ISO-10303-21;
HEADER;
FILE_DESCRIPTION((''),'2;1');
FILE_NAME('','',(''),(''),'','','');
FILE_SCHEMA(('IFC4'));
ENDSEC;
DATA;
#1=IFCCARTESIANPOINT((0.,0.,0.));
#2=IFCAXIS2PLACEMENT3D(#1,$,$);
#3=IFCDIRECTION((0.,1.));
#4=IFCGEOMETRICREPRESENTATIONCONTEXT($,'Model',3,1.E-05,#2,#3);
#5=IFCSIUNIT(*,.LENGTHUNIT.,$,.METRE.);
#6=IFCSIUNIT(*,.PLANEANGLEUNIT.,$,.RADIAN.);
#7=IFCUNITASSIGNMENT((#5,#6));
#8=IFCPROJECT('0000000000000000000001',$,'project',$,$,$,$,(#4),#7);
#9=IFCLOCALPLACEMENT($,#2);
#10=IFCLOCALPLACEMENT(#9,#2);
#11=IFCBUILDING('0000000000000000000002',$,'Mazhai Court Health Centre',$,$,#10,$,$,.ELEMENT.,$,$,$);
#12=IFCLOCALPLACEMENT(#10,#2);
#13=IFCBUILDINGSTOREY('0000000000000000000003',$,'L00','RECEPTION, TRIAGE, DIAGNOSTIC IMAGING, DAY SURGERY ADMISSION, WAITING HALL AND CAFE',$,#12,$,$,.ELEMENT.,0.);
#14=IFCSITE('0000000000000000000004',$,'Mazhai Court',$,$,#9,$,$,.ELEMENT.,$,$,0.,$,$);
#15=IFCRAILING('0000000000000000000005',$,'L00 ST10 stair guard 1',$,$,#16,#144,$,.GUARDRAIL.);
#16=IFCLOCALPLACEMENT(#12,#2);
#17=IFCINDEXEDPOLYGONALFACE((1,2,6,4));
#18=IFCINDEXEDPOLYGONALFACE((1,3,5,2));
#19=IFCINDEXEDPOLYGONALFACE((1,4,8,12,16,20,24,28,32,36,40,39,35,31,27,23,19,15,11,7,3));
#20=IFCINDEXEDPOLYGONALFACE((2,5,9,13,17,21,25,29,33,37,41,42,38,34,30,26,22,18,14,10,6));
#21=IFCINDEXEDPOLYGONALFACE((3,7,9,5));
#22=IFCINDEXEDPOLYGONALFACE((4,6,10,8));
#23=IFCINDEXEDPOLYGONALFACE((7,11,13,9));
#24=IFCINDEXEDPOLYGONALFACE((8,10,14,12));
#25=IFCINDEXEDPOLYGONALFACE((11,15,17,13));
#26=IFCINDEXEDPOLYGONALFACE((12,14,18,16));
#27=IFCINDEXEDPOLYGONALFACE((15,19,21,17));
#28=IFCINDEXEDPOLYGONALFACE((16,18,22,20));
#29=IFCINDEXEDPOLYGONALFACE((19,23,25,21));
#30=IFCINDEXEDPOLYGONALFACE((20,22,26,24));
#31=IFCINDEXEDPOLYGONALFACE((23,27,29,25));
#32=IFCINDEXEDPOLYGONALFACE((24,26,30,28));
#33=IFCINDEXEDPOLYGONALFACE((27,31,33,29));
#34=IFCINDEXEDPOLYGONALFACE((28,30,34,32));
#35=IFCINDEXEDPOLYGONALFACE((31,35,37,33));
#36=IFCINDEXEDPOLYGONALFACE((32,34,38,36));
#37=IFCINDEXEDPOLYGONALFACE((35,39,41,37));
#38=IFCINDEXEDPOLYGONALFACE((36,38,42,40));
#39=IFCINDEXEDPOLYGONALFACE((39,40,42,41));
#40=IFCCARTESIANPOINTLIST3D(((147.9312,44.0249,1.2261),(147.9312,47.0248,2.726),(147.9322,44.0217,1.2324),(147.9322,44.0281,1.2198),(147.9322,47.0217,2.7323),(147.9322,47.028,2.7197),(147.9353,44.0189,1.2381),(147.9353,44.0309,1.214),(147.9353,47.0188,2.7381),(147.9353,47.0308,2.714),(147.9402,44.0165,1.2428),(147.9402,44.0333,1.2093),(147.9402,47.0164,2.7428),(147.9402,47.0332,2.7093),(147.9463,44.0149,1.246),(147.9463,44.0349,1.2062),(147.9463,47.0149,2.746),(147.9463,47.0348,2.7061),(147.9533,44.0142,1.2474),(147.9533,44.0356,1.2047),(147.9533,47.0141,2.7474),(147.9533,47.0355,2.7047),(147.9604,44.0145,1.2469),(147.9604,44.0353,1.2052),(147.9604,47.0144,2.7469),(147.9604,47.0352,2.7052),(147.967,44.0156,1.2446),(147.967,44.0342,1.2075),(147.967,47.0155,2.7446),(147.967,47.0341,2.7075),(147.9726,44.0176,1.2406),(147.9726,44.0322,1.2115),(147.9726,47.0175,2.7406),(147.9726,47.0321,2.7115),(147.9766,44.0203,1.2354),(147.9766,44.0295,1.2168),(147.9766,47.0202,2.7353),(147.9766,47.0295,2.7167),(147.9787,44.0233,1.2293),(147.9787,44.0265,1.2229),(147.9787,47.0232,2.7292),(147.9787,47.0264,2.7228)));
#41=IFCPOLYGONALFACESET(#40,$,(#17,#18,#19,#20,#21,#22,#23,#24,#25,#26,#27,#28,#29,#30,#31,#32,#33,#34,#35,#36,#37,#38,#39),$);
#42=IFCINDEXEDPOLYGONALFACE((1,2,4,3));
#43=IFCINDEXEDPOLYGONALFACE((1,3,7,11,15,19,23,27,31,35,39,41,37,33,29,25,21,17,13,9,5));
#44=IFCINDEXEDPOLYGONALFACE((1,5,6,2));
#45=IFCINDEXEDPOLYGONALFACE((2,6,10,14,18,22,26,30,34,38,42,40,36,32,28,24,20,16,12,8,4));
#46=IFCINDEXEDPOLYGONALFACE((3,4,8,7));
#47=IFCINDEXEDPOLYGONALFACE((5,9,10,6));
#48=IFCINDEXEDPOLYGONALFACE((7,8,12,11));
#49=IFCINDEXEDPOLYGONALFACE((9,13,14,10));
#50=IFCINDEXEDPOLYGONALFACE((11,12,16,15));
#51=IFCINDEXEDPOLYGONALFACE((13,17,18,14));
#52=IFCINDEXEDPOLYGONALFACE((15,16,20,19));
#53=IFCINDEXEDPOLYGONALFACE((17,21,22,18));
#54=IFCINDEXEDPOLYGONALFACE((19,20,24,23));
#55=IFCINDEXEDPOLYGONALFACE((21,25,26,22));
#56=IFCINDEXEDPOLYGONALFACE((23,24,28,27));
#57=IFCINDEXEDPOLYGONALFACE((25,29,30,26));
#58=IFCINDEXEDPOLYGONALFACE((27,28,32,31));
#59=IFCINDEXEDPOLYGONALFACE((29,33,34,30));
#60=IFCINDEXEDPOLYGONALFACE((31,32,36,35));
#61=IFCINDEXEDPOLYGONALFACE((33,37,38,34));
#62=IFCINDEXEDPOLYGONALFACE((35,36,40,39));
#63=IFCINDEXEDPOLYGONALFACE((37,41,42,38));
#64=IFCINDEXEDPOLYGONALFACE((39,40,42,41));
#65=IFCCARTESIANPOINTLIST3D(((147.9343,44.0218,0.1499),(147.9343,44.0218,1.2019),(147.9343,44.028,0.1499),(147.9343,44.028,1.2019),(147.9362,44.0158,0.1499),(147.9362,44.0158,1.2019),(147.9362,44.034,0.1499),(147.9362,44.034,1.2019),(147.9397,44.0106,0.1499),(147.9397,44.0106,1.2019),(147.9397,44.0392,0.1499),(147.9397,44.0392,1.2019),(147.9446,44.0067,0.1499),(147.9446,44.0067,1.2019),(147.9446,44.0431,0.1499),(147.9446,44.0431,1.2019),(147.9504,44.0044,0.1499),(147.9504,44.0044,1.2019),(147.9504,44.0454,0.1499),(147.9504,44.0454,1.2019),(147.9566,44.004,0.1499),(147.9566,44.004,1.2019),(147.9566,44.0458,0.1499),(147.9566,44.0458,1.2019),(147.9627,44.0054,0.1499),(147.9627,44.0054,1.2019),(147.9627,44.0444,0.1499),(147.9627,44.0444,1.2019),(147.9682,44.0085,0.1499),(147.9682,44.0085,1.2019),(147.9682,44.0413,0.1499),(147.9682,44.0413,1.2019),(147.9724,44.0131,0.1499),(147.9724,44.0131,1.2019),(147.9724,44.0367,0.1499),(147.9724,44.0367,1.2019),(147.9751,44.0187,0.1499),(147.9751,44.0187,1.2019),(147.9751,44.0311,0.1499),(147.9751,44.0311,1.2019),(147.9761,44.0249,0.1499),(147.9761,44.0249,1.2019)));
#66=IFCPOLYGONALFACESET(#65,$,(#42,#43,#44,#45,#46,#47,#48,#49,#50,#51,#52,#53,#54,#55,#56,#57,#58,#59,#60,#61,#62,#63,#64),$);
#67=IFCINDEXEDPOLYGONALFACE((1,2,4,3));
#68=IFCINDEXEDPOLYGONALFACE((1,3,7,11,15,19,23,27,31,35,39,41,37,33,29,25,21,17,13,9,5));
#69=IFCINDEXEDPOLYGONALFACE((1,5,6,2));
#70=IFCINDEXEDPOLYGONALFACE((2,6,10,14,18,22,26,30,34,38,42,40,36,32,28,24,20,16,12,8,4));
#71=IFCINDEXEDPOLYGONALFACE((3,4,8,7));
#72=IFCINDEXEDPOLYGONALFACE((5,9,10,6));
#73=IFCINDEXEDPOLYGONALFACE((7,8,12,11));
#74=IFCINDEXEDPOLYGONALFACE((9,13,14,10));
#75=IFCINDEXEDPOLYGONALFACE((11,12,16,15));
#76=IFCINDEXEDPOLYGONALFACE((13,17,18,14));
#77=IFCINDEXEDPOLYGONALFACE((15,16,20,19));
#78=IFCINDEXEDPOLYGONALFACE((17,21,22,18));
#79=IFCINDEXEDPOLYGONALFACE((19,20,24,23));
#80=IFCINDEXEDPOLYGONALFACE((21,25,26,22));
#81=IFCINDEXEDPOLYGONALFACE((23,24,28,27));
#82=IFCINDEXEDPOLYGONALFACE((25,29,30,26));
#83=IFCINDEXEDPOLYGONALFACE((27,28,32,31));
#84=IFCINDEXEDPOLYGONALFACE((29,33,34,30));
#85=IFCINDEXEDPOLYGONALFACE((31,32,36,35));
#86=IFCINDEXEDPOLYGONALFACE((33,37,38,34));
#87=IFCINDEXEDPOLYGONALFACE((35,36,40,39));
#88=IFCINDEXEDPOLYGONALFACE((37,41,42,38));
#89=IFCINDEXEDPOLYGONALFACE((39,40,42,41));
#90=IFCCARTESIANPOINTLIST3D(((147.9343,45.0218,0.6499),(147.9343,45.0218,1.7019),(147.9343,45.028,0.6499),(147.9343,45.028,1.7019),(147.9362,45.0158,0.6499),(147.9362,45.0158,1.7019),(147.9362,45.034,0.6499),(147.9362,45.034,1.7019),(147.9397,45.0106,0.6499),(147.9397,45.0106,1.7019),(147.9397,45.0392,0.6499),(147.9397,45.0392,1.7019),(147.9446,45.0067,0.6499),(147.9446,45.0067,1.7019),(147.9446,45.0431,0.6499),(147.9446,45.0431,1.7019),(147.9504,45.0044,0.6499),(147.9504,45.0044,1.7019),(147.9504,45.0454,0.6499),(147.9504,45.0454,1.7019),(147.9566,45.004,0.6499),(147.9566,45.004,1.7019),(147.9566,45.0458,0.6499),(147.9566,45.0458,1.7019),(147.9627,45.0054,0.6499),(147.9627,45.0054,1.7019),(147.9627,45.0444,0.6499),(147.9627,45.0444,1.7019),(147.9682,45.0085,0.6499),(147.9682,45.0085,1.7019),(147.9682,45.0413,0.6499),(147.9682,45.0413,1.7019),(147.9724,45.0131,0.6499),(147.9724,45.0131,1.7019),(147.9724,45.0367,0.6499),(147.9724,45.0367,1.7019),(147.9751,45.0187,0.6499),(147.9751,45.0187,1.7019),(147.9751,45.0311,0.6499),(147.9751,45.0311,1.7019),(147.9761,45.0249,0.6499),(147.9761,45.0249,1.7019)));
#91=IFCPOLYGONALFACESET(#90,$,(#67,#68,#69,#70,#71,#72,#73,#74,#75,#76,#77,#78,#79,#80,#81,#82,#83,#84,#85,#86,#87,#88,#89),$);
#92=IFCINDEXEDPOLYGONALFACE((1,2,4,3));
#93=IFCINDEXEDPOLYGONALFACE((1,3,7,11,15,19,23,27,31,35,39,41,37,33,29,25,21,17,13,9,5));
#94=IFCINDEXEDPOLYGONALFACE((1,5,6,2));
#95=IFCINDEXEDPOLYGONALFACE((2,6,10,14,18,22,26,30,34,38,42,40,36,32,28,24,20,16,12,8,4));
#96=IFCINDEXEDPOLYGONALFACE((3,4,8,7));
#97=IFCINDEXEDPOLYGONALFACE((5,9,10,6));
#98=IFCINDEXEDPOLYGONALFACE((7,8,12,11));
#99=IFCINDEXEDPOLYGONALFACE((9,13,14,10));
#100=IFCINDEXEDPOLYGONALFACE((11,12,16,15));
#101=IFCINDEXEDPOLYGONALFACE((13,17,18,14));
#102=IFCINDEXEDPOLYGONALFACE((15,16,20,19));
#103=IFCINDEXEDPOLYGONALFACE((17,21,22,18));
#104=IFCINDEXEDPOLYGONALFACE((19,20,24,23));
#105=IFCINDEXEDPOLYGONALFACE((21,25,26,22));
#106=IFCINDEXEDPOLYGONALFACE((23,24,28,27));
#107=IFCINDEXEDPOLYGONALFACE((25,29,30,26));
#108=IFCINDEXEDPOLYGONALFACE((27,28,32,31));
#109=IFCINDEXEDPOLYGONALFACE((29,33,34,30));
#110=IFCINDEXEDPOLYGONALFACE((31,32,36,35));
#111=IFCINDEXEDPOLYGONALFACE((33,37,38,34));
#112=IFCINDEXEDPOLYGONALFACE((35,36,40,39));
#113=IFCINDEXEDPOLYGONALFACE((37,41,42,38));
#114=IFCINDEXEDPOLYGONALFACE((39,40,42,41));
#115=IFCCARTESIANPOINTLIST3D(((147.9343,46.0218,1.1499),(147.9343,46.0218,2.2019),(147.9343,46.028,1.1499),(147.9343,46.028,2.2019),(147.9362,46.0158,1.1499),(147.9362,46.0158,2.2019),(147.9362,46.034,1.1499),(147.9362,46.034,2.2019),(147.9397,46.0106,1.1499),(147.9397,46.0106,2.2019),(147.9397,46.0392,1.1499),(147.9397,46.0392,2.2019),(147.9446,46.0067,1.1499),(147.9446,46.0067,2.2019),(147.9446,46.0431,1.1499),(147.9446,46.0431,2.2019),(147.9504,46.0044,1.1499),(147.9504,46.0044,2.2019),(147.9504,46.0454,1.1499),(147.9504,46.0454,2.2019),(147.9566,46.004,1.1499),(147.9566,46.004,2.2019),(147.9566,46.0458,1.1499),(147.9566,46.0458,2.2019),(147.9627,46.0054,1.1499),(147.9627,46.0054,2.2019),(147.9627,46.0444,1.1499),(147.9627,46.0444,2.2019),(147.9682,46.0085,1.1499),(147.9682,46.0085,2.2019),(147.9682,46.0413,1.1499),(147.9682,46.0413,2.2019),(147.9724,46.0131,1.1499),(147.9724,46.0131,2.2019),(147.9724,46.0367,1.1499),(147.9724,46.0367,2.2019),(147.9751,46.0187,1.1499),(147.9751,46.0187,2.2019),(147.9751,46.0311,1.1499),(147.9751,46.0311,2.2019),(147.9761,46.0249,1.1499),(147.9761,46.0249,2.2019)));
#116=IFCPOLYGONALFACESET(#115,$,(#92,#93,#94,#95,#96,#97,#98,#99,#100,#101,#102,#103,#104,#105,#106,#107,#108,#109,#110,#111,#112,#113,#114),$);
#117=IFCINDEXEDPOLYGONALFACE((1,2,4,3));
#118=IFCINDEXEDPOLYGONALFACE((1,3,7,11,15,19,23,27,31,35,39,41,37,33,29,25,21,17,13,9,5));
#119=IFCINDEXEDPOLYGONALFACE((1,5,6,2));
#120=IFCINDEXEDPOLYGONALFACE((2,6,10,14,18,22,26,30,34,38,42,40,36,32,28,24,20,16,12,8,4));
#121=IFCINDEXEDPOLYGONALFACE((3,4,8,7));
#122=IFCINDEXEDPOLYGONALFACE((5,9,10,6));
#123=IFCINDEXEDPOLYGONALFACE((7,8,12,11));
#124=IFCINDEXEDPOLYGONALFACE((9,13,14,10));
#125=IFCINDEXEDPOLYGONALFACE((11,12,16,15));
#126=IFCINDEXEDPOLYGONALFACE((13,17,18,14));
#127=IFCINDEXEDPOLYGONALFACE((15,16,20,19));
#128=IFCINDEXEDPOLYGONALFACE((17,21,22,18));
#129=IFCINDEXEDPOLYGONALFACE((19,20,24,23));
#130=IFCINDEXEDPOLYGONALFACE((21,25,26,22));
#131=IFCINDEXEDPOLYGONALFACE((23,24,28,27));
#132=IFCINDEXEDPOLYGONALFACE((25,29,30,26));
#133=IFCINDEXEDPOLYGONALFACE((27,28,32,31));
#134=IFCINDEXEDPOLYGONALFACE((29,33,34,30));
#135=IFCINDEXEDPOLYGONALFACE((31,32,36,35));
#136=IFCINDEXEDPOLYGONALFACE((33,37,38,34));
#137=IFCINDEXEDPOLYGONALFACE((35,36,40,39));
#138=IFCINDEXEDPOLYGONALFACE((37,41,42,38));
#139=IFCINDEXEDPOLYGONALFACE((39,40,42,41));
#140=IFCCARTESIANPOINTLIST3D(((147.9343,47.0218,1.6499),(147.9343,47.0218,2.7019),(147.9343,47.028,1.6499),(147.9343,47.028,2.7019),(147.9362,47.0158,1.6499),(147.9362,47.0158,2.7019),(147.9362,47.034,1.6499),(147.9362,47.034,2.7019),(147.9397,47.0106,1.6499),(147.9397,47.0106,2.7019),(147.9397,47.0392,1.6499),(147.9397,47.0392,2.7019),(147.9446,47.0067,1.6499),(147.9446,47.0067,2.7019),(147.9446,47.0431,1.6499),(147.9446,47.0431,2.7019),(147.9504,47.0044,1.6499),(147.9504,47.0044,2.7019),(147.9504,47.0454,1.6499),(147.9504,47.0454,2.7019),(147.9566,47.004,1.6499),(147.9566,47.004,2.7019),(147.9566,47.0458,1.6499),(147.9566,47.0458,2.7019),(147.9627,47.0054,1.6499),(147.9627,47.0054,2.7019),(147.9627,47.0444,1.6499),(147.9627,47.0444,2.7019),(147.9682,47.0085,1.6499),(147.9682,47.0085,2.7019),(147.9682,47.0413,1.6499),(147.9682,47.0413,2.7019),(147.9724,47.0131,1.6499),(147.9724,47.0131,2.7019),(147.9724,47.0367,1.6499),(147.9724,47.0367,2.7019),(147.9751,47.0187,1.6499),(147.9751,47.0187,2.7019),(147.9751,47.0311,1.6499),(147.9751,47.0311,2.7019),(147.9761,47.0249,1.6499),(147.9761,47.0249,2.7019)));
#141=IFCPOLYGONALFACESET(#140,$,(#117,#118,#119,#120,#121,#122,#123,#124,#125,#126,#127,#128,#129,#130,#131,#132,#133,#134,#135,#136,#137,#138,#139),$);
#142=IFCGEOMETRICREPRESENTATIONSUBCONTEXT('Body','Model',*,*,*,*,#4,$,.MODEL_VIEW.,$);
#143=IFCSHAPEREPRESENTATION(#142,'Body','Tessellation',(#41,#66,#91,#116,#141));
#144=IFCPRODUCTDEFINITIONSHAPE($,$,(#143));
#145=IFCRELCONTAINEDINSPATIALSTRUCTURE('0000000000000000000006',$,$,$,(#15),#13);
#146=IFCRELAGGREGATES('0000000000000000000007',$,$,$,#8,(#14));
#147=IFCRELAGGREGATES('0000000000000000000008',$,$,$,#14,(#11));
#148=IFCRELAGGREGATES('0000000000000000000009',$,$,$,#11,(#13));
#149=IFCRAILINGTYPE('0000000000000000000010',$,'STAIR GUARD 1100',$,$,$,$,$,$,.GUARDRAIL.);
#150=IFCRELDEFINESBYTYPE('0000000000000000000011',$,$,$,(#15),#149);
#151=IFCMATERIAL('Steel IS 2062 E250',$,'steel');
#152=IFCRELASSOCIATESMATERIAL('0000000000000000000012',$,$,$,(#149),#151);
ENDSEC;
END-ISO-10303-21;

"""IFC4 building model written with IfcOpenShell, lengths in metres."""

from ifc_helpers import new_model, si_unit, direction, frame, origin, origin_2d, place, context, subcontext, project, spatial, circle, extrude, material, type_object, element, save


model = new_model("IFC4")

# Units and contexts
model_context = context("Model", 3, precision=1e-05, world=origin(), true_north=direction((0.0, 1.0)))
body_context = subcontext(model_context, "Body", "Model", "MODEL_VIEW")
ifc_project = project(units=[si_unit("LENGTHUNIT", "METRE"), si_unit("PLANEANGLEUNIT", "RADIAN")], contexts=[model_context])

# Site, building, storey
site_placement = place(None, origin())
site = spatial("IfcSite", under=ifc_project, at=site_placement, Name="Mazhai Court", CompositionType="ELEMENT", RefElevation=0.0)
building_placement = place(site_placement, origin())
building = spatial("IfcBuilding", under=site, at=building_placement, Name="Mazhai Court Health Centre", CompositionType="ELEMENT")
storey_placement = place(building_placement, origin())
storey = spatial("IfcBuildingStorey", under=building, at=storey_placement, Name="L00", Description="RECEPTION, TRIAGE, DIAGNOSTIC IMAGING, DAY SURGERY ADMISSION, WAITING HALL AND CAFE", CompositionType="ELEMENT", Elevation=0.0)

# Railing
ifc_material_1 = material(Name="Steel IS 2062 E250", Category="steel")
railing_type_1 = type_object("IfcRailingType", Name="STAIR GUARD 1100", PredefinedType="GUARDRAIL", material=ifc_material_1)
railing_1_placement = place(storey_placement, frame((147.9551, 44.0249, 0.1499)))
element("IfcRailing", 1, at=railing_1_placement, inside=storey, type_object=railing_type_1, Name="L00 ST10 stair guard 1", PredefinedType="GUARDRAIL", context=body_context, shape_type="SweptSolid", body=[
    extrude(circle(Radius=0.0239, at=origin_2d()), frame((0.0, 0.0, 1.0762), z_axis=(0.0, 0.894427, 0.447214), x_axis=(-1.0, 0.0, 0.0)), (0.0, 0.0, 1.0), 3.354),
    extrude(circle(Radius=0.021, at=origin_2d()), origin(), (0.0, 0.0, 1.0), 1.052),
    extrude(circle(Radius=0.021, at=origin_2d()), frame((0.0, 1.0, 0.5)), (0.0, 0.0, 1.0), 1.052),
    extrude(circle(Radius=0.021, at=origin_2d()), frame((0.0, 2.0, 1.0)), (0.0, 0.0, 1.0), 1.052),
    extrude(circle(Radius=0.021, at=origin_2d()), frame((0.0, 3.0, 1.5)), (0.0, 0.0, 1.0), 1.052),
])

save(model, "model.ifc")
